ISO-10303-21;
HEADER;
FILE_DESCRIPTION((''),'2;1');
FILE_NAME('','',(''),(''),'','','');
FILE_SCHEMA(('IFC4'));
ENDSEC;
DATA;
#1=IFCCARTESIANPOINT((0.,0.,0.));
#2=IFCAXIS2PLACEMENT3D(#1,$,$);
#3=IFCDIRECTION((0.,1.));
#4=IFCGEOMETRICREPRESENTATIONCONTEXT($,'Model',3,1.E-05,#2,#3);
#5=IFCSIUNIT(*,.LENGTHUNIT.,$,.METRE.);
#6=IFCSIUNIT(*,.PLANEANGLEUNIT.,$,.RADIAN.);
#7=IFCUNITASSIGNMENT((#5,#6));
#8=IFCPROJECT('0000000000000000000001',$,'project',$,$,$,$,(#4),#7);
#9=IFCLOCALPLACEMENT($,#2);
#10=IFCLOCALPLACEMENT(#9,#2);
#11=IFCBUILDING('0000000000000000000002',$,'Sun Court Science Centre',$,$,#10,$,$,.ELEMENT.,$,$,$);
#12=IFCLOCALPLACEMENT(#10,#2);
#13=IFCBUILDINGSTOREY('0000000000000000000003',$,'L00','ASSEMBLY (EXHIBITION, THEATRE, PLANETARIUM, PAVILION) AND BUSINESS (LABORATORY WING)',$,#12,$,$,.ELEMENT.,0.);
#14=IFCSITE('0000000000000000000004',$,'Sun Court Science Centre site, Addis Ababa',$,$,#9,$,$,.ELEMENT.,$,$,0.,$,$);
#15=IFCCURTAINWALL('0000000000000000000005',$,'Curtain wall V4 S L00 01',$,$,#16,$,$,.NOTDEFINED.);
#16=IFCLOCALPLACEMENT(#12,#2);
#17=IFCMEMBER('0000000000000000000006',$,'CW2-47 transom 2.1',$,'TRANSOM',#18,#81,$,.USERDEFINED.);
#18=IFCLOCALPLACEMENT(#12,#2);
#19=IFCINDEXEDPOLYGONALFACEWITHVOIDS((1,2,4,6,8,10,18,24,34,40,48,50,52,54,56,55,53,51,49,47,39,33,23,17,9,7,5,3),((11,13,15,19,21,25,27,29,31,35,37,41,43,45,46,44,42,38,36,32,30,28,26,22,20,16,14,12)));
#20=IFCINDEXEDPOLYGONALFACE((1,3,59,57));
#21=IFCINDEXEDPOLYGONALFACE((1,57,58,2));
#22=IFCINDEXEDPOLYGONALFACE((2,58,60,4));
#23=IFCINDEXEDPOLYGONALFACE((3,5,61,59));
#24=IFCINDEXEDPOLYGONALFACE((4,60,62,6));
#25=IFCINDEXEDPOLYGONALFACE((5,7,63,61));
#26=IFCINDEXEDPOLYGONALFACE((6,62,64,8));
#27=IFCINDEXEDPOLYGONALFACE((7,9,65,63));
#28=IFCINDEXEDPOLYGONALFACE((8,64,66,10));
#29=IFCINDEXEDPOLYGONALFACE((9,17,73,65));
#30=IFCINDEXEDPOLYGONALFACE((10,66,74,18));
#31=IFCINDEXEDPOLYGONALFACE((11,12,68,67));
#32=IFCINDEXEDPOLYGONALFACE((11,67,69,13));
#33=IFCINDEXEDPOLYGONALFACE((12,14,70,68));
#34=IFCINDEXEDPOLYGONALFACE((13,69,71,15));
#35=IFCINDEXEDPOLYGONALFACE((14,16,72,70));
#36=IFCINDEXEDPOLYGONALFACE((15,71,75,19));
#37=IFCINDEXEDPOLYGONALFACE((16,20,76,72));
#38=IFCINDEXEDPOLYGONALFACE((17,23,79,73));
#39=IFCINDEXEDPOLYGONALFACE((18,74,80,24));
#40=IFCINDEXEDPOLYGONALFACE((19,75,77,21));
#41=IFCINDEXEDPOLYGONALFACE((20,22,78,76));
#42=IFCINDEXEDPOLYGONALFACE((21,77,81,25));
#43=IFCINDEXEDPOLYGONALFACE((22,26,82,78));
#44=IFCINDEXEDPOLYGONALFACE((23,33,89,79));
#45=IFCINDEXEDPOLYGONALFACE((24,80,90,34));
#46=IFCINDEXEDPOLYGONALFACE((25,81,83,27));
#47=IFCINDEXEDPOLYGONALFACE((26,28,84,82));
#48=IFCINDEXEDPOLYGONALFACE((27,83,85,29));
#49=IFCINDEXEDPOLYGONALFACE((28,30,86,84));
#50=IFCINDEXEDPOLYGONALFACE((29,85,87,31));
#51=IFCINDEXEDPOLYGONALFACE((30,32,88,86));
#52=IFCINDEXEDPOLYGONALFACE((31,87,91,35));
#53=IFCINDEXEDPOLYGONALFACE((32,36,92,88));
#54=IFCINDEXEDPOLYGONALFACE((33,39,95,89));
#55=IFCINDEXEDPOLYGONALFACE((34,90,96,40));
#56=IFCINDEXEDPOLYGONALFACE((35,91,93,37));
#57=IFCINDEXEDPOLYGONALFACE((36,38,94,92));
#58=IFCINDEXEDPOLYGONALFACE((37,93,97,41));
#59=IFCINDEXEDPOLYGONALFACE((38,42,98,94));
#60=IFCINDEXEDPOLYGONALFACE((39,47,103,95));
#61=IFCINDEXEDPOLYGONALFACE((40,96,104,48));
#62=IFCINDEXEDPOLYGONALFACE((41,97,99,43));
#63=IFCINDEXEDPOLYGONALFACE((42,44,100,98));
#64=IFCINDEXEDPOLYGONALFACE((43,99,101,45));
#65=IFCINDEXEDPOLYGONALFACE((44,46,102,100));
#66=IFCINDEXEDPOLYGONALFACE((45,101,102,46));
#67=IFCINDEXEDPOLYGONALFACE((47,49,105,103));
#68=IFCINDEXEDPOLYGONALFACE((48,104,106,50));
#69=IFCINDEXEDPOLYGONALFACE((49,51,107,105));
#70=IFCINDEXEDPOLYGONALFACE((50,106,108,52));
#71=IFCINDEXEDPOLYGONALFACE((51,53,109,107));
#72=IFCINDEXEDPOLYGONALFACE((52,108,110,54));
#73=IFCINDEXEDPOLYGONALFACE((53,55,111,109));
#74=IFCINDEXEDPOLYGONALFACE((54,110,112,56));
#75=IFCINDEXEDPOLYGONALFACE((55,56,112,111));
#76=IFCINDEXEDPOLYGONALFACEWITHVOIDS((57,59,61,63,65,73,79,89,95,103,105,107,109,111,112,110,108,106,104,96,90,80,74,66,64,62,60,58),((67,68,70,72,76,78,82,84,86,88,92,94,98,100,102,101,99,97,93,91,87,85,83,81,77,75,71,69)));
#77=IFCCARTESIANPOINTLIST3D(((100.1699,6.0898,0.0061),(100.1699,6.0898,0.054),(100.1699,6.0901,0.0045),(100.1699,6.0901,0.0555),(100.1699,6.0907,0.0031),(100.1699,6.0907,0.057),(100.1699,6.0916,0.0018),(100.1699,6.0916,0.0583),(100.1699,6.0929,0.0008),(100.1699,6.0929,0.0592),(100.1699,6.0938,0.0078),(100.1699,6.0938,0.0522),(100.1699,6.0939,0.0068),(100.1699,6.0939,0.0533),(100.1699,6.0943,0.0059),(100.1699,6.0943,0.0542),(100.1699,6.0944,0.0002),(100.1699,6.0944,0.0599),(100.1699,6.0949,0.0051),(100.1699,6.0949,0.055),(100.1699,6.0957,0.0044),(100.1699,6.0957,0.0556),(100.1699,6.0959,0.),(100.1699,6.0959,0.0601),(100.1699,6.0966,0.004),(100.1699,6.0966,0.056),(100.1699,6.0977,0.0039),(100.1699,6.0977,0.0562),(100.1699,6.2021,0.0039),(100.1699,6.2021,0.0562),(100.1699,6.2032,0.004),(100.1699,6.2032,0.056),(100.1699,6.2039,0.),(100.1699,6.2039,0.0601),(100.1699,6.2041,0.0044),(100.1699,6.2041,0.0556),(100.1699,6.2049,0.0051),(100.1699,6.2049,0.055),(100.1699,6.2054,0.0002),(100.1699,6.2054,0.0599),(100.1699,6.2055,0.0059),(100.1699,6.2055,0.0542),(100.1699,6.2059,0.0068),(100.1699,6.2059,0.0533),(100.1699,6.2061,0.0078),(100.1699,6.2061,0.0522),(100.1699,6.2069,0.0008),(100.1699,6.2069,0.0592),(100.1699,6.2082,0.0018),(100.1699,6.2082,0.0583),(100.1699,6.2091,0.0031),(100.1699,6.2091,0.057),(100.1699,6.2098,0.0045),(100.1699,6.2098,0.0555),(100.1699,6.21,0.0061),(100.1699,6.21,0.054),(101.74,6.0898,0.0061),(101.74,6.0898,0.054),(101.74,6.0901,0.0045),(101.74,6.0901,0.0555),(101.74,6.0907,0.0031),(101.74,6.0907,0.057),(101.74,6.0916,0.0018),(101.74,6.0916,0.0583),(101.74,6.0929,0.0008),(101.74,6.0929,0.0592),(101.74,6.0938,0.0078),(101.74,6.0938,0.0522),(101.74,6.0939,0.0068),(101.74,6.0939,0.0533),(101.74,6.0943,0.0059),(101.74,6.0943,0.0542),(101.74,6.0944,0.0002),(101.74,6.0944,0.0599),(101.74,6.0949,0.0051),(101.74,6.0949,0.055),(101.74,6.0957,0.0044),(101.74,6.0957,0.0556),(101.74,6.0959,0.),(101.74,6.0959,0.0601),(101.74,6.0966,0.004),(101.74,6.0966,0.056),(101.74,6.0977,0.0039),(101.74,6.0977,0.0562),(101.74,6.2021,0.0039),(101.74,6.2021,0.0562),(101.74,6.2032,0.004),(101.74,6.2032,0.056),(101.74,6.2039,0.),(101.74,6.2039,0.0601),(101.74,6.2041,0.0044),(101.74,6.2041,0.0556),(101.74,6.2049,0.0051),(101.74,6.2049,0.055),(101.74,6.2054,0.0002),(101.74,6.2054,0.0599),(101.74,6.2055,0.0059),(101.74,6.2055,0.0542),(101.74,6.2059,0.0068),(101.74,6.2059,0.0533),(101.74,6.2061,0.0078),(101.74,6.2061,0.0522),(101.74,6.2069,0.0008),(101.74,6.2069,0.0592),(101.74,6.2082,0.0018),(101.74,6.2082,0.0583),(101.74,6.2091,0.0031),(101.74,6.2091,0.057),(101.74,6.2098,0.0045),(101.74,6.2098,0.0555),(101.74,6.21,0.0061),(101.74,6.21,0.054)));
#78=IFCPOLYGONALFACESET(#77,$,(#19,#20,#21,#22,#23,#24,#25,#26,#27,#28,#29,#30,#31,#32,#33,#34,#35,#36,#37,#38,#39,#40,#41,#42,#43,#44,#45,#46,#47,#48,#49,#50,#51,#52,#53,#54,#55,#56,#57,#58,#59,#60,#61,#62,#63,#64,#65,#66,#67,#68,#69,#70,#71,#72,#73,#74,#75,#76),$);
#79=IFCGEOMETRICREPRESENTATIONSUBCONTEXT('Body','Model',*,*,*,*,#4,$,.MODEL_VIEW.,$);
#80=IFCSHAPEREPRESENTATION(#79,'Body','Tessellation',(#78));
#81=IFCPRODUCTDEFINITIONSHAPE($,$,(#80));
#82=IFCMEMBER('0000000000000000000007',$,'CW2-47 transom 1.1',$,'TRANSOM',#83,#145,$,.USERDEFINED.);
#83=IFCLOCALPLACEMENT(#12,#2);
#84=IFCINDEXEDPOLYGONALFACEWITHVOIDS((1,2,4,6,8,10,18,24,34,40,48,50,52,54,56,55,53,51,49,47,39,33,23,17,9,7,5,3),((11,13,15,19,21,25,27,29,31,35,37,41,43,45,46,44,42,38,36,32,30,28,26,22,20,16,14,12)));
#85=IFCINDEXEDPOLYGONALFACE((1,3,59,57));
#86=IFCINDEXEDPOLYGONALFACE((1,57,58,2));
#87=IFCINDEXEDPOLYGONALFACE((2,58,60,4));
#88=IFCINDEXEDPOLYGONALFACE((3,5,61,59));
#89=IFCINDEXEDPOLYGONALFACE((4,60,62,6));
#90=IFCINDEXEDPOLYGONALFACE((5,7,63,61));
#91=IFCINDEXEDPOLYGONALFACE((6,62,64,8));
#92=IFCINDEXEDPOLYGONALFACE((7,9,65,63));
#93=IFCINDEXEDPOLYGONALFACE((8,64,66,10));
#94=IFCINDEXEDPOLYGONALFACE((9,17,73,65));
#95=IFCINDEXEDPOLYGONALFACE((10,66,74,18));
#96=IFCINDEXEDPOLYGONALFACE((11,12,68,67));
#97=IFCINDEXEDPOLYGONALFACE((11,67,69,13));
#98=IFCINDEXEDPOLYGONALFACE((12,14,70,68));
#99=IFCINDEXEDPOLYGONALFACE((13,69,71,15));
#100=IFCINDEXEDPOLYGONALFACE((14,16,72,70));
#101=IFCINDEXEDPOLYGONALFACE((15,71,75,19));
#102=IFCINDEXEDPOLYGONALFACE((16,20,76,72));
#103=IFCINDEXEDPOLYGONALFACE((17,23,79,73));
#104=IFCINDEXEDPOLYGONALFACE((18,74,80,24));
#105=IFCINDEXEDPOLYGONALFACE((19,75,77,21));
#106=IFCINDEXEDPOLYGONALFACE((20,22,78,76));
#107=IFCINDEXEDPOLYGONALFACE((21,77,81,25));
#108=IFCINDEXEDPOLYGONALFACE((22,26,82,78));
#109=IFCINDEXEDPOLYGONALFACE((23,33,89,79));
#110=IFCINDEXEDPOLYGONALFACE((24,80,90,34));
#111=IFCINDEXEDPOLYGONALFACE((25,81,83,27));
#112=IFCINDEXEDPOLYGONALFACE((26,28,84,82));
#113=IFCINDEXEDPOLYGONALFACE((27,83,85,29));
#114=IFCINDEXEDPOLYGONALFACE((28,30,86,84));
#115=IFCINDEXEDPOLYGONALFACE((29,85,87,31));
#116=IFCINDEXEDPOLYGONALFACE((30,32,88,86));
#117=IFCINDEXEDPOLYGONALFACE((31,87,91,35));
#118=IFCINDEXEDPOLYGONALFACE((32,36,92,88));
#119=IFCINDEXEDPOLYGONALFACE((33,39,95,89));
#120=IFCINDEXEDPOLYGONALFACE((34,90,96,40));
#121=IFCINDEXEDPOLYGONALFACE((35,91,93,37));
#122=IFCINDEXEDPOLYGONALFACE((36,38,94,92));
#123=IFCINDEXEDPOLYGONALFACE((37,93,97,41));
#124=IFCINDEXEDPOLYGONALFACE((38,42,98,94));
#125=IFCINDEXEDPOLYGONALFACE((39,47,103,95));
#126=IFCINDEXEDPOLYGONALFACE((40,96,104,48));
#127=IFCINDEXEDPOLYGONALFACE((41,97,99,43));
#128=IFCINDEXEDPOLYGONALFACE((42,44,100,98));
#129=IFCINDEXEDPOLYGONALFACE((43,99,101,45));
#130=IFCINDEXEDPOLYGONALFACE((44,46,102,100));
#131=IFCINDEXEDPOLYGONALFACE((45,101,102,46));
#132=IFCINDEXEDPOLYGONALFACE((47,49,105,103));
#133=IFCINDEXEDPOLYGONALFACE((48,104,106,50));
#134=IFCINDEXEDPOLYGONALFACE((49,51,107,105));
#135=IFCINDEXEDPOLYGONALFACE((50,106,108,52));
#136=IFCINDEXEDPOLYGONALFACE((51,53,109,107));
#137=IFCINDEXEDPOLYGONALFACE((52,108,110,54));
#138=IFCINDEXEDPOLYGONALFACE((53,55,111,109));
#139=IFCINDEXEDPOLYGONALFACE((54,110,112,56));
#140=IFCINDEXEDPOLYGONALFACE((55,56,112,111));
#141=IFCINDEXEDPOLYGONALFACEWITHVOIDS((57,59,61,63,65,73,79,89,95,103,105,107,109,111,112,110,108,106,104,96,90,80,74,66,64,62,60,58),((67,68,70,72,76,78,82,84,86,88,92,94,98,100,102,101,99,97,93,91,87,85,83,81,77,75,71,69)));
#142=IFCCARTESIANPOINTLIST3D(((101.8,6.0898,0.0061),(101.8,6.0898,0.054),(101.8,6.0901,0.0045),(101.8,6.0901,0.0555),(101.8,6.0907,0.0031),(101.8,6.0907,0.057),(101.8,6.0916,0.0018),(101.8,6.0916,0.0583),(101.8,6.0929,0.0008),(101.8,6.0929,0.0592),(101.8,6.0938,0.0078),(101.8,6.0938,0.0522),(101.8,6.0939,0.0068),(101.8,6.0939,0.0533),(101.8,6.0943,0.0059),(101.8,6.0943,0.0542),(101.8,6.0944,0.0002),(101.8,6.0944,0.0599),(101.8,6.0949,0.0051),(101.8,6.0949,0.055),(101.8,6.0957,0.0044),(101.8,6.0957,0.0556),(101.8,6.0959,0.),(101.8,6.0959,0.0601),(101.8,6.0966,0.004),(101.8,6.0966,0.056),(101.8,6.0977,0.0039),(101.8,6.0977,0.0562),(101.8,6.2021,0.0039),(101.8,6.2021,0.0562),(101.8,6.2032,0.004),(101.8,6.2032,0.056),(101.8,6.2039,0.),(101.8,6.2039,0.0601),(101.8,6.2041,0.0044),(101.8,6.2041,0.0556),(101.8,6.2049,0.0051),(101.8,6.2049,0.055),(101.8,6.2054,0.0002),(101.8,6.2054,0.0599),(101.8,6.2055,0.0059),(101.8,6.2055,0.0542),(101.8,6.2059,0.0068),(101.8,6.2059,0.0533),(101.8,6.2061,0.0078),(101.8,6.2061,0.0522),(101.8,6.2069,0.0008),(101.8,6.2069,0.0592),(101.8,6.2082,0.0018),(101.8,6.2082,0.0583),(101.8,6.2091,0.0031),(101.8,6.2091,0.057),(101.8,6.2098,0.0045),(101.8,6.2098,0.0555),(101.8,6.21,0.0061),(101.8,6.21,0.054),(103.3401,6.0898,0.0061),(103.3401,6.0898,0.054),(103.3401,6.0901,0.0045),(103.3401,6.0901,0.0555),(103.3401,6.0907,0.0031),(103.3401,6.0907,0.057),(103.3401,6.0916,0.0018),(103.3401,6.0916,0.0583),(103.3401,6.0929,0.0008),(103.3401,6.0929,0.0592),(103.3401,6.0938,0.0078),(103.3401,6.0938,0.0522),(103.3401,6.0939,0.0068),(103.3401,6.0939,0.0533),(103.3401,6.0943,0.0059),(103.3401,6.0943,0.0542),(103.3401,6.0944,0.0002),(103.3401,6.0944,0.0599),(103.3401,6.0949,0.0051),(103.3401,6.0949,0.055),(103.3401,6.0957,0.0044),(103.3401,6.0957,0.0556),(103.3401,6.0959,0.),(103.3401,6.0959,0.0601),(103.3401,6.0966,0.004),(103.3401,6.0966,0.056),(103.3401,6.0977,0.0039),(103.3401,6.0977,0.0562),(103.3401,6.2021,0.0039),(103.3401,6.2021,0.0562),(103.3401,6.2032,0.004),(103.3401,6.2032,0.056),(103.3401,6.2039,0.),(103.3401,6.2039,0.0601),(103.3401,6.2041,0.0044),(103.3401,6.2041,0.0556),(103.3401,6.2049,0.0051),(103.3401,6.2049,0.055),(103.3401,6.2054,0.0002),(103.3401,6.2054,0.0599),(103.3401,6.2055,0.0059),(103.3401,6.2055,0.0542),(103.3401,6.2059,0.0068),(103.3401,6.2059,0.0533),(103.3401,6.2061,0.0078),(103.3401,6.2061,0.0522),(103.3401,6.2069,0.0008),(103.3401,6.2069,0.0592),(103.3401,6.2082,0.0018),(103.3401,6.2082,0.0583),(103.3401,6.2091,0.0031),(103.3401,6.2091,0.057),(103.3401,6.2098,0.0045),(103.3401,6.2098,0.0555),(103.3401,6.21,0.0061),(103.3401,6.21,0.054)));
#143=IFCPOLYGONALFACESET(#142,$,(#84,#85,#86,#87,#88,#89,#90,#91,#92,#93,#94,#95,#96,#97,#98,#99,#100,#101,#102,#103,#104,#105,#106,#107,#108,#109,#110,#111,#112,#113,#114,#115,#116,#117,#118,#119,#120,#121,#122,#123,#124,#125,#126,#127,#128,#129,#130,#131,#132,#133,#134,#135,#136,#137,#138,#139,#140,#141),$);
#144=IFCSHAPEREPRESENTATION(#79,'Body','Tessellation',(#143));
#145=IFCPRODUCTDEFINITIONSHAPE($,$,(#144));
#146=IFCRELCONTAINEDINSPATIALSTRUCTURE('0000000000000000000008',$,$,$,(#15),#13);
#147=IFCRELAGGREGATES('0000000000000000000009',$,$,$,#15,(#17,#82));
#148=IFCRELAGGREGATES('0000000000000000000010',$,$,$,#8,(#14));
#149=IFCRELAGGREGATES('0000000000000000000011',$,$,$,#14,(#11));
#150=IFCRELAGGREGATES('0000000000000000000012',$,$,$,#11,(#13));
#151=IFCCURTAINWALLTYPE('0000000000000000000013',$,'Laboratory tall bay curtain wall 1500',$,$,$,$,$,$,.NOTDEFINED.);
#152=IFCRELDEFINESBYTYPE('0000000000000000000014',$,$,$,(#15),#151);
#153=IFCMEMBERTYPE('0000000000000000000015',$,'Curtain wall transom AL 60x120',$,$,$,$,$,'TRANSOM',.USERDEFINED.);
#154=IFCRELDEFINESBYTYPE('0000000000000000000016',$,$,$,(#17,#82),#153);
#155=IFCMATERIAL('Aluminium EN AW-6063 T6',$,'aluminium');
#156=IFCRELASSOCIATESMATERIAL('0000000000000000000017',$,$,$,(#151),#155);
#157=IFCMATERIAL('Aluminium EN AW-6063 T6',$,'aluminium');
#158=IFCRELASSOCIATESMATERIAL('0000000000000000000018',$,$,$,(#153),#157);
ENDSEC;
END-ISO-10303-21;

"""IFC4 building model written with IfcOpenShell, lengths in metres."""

from ifc_helpers import new_model, si_unit, direction, frame, origin, origin_2d, place, context, subcontext, project, spatial, hollow_rectangle, extrude, material, material_profile, profile_set, type_object, element, aggregate, save


model = new_model("IFC4")

# Units and contexts
model_context = context("Model", 3, precision=1e-05, world=origin(), true_north=direction((0.0, 1.0)))
body_context = subcontext(model_context, "Body", "Model", "MODEL_VIEW")
ifc_project = project(units=[si_unit("LENGTHUNIT", "METRE"), si_unit("PLANEANGLEUNIT", "RADIAN")], contexts=[model_context])

# Site, building, storey
site_placement = place(None, origin())
site = spatial("IfcSite", under=ifc_project, at=site_placement, Name="Sun Court Science Centre site, Addis Ababa", CompositionType="ELEMENT", RefElevation=0.0)
building_placement = place(site_placement, origin())
building = spatial("IfcBuilding", under=site, at=building_placement, Name="Sun Court Science Centre", CompositionType="ELEMENT")
storey_placement = place(building_placement, origin())
storey = spatial("IfcBuildingStorey", under=building, at=storey_placement, Name="L00", Description="ASSEMBLY (EXHIBITION, THEATRE, PLANETARIUM, PAVILION) AND BUSINESS (LABORATORY WING)", CompositionType="ELEMENT", Elevation=0.0)

# Curtain wall, members
ifc_material_1 = material(Name="Aluminium EN AW-6063 T6", Category="aluminium")
curtain_wall_type = type_object("IfcCurtainWallType", Name="Laboratory tall bay curtain wall 1500", PredefinedType="NOTDEFINED", material=ifc_material_1)
curtain_wall_placement = place(storey_placement, origin())
curtain_wall = element("IfcCurtainWall", 1, at=curtain_wall_placement, inside=storey, type_object=curtain_wall_type, Name="Curtain wall V4 S L00 01", PredefinedType="NOTDEFINED")
ifc_material_2 = material(Name="Aluminium EN AW-6063 T6", Category="aluminium")
ifc_material_profile_1 = material_profile(ifc_material_2, hollow_rectangle(XDim=0.0601, YDim=0.1201, WallThickness=0.0039, InnerFilletRadius=0.0039, OuterFilletRadius=0.0061, at=origin_2d()), Name="AL 60x120x4")
ifc_profile_set_1 = profile_set([ifc_material_profile_1], Name="Aluminium EN AW-6063 T6")
member_type_1 = type_object("IfcMemberType", Name="Curtain wall transom AL 60x120", ElementType="TRANSOM", PredefinedType="USERDEFINED", material=ifc_profile_set_1)
member_1_placement = place(storey_placement, frame((101.74, 6.1499, 0.03), z_axis=(-1.0, 0.0, 0.0), x_axis=(0.0, 0.0, 1.0)))
member_1 = element("IfcMember", 2, at=member_1_placement, type_object=member_type_1, Name="CW2-47 transom 2.1", ObjectType="TRANSOM", PredefinedType="USERDEFINED", context=body_context, shape_type="SweptSolid", body=[
    extrude(hollow_rectangle(XDim=0.0601, YDim=0.1201, WallThickness=0.0039, InnerFilletRadius=0.0039, OuterFilletRadius=0.0061, at=origin_2d()), origin(), (0.0, 0.0, 1.0), 1.5701),
])
member_2_placement = place(storey_placement, frame((103.3401, 6.1499, 0.03), z_axis=(-1.0, 0.0, 0.0), x_axis=(0.0, 0.0, 1.0)))
member_2 = element("IfcMember", 3, at=member_2_placement, type_object=member_type_1, Name="CW2-47 transom 1.1", ObjectType="TRANSOM", PredefinedType="USERDEFINED", context=body_context, shape_type="SweptSolid", body=[
    extrude(hollow_rectangle(XDim=0.0601, YDim=0.1201, WallThickness=0.0039, InnerFilletRadius=0.0039, OuterFilletRadius=0.0061, at=origin_2d()), origin(), (0.0, 0.0, 1.0), 1.54),
])
aggregate(curtain_wall, [member_1, member_2])

save(model, "model.ifc")
